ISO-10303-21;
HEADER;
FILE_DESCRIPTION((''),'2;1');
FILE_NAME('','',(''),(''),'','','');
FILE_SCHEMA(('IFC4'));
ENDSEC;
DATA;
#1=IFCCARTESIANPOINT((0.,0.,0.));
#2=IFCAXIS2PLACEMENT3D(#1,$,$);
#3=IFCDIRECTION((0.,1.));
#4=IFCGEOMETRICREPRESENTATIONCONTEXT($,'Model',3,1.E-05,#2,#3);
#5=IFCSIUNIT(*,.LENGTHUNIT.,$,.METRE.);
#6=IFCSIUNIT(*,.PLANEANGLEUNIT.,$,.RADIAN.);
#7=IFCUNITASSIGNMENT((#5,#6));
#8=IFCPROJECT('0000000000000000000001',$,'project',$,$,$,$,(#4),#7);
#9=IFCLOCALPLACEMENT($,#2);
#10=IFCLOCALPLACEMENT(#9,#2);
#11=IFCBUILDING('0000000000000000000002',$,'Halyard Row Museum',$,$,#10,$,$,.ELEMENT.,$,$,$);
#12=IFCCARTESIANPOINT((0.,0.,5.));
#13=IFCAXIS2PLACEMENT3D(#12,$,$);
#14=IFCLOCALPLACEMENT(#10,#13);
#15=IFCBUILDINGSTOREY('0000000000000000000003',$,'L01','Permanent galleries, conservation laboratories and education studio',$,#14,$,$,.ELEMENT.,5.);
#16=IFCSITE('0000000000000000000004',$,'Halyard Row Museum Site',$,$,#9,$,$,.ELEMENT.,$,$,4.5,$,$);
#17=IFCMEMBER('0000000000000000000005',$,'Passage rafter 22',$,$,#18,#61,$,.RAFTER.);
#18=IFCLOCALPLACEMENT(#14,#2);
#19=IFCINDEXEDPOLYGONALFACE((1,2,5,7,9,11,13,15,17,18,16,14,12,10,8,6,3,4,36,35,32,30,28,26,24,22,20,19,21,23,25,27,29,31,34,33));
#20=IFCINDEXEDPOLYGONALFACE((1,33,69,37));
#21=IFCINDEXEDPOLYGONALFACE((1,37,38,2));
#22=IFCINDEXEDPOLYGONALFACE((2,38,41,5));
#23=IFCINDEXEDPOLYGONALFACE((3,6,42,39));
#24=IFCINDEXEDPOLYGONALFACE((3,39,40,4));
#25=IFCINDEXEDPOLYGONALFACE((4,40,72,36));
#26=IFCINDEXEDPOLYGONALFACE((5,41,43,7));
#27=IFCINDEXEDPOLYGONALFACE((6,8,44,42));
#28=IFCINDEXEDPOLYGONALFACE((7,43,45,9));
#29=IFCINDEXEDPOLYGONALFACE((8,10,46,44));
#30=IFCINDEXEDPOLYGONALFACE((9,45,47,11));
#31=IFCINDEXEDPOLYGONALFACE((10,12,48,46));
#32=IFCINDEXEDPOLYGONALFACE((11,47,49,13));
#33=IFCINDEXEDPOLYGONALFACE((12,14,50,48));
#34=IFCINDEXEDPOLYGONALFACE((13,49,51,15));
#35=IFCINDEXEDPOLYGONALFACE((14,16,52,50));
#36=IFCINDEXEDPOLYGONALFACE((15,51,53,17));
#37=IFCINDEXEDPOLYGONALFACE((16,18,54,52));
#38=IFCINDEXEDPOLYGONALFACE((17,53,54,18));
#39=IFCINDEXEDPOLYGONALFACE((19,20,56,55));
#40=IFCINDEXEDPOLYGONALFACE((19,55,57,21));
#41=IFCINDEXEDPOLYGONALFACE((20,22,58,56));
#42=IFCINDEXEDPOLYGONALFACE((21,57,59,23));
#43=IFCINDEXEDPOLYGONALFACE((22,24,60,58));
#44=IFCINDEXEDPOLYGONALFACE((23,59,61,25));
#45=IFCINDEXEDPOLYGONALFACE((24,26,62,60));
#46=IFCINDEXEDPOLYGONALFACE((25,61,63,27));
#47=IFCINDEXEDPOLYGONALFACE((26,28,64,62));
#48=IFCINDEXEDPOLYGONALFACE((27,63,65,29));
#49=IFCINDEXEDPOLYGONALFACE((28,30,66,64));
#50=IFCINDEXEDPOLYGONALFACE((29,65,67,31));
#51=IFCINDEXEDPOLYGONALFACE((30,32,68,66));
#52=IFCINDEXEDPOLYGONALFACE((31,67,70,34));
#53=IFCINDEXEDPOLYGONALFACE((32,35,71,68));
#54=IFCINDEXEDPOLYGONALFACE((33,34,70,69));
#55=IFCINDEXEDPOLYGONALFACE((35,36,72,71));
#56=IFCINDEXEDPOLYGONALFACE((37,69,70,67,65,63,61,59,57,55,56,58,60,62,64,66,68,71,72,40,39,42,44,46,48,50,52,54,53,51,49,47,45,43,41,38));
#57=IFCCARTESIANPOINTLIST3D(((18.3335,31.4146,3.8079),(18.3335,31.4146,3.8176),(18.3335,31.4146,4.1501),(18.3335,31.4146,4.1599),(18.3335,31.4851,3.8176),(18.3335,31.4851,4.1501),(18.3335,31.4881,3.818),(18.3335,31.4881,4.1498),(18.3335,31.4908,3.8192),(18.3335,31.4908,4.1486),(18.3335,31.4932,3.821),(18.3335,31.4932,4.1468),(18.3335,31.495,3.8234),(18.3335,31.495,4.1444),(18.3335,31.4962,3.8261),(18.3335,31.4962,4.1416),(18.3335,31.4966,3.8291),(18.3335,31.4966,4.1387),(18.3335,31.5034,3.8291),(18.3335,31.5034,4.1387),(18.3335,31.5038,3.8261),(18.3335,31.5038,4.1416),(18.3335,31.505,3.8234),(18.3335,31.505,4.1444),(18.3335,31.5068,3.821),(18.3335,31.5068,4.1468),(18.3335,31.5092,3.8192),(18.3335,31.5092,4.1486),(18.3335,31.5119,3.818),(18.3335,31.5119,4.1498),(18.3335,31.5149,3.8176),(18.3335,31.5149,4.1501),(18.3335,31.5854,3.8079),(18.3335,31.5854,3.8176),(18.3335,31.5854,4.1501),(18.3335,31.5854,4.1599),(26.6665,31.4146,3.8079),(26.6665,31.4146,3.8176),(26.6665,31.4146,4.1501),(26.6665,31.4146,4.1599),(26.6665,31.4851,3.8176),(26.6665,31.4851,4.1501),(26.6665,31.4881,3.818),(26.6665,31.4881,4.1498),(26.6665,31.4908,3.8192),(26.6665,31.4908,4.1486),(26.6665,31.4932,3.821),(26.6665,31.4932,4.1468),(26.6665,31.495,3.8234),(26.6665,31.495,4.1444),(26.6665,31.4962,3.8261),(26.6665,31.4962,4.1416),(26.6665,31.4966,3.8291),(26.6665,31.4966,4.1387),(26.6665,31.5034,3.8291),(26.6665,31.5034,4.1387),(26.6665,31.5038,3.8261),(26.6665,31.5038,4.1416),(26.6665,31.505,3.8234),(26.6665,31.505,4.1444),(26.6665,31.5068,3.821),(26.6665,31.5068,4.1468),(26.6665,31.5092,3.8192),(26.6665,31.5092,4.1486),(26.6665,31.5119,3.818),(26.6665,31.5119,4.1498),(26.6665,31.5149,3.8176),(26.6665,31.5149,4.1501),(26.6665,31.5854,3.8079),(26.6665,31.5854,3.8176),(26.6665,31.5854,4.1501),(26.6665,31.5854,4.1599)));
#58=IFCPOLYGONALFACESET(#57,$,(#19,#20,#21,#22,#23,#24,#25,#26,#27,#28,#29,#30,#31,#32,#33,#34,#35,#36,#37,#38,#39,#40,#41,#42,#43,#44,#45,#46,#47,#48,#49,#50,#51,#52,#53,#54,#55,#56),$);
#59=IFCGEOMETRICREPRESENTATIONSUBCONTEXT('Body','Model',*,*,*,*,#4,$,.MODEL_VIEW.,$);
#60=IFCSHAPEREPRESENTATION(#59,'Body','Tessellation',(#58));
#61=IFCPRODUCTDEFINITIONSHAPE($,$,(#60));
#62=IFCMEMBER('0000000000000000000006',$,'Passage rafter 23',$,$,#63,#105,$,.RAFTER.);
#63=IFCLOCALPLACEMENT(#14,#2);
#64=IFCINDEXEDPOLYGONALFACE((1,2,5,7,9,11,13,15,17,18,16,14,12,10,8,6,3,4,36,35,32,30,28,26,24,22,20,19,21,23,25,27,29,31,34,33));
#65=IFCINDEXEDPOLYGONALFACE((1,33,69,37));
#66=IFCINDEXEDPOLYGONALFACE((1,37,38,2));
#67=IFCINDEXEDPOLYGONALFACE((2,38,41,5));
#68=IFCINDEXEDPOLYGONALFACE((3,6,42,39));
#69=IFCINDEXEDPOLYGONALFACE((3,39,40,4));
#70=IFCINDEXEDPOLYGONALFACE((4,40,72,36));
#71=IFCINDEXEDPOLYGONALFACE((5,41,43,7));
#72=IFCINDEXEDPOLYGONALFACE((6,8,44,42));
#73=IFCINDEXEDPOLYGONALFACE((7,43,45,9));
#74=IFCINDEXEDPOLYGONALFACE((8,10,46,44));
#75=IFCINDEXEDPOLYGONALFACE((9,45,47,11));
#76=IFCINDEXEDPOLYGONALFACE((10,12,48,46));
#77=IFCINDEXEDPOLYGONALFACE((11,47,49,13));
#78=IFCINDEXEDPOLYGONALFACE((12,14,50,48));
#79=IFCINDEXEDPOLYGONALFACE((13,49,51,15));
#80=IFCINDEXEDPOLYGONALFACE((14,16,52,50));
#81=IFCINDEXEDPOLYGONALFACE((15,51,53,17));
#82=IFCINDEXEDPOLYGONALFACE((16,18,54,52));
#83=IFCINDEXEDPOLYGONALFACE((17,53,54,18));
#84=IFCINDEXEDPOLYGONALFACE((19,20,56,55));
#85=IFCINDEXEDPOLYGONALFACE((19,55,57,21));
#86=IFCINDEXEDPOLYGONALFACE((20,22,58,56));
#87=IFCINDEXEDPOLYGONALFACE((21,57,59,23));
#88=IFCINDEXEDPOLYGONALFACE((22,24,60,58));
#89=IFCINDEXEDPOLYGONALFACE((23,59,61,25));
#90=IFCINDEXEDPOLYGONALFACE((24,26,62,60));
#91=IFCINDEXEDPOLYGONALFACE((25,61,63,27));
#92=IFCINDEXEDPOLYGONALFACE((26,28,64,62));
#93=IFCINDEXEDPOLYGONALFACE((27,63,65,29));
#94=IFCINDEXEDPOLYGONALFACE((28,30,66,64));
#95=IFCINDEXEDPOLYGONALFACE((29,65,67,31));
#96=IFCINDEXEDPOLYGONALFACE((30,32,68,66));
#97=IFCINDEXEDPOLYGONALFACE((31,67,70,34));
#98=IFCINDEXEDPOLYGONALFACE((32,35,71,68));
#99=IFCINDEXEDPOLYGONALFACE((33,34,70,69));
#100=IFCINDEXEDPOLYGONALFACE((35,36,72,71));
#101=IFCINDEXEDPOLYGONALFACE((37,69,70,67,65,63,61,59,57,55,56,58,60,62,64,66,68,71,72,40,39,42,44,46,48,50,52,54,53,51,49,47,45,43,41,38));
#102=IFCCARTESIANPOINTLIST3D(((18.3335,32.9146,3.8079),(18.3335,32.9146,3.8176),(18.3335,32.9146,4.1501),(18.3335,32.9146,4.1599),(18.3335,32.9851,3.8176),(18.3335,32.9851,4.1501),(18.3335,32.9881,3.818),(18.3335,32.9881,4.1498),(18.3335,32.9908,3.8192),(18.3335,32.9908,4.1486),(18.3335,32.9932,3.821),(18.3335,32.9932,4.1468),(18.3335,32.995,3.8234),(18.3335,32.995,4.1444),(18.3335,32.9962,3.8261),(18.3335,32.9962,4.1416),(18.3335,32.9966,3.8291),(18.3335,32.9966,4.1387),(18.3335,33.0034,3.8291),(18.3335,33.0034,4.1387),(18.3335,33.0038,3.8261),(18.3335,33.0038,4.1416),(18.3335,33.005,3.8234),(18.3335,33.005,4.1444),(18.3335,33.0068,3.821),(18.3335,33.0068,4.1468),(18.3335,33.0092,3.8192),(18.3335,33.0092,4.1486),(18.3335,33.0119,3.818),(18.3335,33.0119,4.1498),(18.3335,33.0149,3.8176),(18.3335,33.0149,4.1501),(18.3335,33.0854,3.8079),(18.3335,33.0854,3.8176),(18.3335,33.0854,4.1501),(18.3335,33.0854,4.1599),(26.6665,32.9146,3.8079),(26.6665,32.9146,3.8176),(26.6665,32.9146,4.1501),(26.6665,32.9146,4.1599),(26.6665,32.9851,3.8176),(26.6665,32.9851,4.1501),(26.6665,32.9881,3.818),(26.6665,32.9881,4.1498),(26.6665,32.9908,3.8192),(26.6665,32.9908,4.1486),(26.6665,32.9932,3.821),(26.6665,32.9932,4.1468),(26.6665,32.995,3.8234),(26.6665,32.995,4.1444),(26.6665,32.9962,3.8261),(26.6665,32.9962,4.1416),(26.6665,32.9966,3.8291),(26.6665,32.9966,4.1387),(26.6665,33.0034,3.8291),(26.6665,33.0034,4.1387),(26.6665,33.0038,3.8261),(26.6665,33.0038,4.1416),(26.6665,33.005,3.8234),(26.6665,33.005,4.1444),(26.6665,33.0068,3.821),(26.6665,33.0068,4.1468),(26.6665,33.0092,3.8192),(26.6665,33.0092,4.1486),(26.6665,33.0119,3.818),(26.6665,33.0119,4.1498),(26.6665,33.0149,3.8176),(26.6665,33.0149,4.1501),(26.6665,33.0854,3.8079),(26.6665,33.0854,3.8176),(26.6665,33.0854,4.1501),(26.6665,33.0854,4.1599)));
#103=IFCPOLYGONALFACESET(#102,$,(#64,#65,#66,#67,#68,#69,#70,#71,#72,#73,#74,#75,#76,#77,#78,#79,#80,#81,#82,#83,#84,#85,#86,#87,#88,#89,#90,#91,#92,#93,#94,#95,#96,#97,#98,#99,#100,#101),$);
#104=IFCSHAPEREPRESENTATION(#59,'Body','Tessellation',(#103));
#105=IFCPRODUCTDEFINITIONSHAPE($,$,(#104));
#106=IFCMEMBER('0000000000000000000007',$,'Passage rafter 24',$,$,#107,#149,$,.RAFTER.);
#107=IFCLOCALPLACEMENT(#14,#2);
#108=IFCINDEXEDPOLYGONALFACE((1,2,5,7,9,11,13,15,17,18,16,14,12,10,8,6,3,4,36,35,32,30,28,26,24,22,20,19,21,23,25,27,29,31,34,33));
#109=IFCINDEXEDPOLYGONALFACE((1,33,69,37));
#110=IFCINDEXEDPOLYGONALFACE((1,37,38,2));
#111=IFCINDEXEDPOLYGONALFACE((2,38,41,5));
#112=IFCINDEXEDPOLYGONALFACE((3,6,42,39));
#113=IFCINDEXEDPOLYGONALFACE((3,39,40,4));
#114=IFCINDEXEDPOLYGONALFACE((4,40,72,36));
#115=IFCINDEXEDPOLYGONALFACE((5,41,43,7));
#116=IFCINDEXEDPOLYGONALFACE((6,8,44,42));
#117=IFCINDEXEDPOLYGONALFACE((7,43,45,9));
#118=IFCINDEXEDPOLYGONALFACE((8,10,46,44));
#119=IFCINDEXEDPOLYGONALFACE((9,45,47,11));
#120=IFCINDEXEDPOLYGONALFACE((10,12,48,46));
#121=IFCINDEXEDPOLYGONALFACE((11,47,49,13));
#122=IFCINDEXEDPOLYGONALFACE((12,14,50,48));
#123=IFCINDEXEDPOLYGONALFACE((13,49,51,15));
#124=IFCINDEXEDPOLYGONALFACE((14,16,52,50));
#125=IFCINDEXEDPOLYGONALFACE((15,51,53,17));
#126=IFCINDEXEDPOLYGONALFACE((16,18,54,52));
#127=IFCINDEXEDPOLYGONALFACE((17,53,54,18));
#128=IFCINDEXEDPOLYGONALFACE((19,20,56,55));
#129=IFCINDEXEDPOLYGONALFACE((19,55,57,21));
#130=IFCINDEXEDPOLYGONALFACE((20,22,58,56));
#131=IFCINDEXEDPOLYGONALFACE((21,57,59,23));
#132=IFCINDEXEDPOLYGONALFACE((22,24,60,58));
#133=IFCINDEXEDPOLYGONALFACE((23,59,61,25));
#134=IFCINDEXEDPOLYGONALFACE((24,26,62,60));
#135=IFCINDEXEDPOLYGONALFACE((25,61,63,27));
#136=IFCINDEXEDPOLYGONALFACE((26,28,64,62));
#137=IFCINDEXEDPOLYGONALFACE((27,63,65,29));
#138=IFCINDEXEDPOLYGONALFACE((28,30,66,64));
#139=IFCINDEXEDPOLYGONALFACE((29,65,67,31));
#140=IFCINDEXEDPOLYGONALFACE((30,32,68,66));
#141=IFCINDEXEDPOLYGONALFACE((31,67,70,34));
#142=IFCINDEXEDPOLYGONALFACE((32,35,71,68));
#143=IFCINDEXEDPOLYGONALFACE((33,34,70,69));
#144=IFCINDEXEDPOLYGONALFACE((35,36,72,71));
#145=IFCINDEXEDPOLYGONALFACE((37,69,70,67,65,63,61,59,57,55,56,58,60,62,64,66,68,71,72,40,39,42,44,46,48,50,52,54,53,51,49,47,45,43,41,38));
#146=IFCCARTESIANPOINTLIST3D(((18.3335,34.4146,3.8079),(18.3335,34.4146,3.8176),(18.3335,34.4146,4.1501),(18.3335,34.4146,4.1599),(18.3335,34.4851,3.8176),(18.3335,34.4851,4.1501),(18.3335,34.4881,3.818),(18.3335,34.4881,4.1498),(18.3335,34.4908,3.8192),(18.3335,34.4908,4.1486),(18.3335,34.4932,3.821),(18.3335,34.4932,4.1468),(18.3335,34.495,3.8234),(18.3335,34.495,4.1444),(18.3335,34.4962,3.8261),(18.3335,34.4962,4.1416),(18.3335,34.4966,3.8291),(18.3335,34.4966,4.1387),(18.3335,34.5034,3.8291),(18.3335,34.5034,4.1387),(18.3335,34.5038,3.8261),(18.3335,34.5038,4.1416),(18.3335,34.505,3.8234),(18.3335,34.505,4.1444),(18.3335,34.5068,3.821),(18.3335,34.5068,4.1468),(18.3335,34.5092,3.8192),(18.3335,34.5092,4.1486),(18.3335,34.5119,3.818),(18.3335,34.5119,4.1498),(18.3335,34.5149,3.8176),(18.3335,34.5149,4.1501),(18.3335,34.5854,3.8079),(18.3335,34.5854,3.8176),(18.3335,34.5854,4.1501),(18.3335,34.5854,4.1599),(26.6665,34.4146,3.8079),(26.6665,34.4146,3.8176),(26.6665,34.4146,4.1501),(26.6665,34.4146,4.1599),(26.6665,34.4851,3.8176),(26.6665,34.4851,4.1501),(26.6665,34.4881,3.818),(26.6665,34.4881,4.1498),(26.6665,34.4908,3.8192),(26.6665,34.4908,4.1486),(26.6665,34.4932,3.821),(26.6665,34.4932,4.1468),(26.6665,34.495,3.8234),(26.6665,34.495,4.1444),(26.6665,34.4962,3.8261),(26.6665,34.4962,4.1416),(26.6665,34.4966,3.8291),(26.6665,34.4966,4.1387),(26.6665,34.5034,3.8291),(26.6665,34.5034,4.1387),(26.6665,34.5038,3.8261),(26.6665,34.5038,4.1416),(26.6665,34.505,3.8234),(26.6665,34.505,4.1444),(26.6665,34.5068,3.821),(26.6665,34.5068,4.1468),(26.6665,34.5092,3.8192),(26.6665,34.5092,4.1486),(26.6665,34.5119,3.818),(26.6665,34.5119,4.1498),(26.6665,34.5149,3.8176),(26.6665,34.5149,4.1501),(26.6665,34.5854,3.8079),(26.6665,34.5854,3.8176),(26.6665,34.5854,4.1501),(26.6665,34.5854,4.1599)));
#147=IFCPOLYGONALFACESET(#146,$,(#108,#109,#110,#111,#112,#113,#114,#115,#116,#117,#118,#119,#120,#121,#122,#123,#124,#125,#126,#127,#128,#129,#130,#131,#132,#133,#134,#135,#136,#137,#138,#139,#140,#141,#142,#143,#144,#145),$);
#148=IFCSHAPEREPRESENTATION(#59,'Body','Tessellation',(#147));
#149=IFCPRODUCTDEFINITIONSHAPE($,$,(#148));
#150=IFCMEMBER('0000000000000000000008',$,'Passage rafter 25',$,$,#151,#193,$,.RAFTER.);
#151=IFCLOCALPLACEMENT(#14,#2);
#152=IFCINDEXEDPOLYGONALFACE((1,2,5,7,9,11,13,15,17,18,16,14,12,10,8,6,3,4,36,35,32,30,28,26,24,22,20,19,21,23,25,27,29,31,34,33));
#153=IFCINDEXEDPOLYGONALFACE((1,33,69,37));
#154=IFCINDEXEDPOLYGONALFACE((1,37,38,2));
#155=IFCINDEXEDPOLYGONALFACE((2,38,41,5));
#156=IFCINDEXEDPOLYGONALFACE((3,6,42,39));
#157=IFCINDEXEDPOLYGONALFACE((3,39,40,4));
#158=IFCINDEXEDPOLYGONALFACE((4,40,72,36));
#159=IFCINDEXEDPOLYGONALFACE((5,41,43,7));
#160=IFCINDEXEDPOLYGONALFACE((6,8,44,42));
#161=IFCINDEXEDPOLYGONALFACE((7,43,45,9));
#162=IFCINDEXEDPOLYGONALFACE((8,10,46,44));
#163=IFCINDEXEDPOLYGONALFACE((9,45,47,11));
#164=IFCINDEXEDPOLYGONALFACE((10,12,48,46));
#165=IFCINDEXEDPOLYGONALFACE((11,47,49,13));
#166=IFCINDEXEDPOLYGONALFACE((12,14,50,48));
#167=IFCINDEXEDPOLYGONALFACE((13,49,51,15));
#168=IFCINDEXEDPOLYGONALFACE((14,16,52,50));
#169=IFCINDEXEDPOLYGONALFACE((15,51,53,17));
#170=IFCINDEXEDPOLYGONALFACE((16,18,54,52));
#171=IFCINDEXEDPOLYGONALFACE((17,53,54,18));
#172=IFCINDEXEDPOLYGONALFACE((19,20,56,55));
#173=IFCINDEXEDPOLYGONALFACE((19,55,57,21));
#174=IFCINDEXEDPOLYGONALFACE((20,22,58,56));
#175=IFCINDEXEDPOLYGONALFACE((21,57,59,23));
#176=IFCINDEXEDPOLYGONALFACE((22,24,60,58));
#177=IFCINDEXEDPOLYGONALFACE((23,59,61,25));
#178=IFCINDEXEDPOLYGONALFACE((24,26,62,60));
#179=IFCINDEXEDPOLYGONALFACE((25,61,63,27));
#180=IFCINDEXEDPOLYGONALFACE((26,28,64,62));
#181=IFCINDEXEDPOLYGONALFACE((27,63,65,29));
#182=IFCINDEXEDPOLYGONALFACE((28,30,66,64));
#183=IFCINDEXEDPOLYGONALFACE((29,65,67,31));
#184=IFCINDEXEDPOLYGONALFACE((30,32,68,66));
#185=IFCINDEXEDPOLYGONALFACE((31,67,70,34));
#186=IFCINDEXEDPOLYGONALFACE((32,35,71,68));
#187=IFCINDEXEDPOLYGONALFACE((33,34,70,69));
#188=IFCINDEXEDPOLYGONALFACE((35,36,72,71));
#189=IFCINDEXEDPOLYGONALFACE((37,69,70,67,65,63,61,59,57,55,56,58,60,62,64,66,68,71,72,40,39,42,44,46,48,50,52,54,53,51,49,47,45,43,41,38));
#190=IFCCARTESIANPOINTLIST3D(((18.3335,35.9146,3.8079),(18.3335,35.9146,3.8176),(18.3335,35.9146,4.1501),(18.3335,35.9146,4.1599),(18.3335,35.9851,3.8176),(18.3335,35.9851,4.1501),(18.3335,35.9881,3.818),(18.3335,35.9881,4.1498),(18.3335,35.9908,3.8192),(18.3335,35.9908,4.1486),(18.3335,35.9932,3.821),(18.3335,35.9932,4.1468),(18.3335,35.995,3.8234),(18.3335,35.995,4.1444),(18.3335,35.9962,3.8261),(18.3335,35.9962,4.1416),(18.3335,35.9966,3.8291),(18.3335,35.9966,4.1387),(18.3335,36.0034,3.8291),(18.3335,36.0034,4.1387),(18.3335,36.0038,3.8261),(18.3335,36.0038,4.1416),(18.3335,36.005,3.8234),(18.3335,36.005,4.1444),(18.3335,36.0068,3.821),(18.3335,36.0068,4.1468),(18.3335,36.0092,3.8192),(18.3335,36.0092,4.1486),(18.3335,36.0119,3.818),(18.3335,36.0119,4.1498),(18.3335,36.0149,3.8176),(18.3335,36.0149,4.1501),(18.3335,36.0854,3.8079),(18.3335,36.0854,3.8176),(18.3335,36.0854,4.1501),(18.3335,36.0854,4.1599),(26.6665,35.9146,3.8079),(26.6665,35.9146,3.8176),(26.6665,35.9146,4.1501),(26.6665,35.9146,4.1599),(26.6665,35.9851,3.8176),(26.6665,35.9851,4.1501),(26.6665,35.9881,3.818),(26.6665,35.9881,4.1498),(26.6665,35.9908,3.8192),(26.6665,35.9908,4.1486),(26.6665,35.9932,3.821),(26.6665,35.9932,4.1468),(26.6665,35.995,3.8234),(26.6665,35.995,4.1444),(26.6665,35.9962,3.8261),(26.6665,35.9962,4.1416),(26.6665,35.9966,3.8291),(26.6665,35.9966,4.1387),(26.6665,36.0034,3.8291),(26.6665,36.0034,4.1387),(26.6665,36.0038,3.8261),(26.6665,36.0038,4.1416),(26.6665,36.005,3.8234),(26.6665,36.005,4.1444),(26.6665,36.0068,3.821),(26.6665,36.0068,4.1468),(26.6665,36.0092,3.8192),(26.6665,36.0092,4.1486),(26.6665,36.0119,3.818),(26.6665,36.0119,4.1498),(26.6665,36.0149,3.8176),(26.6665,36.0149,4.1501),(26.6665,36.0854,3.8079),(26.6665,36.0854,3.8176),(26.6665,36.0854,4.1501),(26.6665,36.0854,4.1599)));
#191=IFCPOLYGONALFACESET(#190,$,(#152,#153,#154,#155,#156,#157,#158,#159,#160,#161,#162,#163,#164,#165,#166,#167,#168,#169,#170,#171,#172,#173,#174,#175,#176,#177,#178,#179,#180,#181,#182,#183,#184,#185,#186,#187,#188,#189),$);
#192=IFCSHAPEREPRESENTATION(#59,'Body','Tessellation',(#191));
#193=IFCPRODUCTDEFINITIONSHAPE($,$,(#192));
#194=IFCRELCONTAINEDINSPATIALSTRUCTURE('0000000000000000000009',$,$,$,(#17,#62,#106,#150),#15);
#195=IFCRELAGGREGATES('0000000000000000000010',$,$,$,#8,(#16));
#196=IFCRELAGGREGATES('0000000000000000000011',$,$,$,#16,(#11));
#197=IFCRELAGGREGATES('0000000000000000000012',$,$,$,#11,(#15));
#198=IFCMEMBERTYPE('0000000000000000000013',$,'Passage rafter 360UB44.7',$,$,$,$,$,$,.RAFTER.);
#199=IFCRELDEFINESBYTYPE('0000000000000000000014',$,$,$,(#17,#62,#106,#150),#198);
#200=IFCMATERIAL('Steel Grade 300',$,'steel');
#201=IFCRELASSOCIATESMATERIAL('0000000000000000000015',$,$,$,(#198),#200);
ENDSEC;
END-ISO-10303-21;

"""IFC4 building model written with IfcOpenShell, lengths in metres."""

from ifc_helpers import new_model, si_unit, direction, frame, origin, origin_2d, place, context, subcontext, project, spatial, i_section, extrude, material, material_profile, profile_set, type_object, element, save


model = new_model("IFC4")

# Units and contexts
model_context = context("Model", 3, precision=1e-05, world=origin(), true_north=direction((0.0, 1.0)))
body_context = subcontext(model_context, "Body", "Model", "MODEL_VIEW")
ifc_project = project(units=[si_unit("LENGTHUNIT", "METRE"), si_unit("PLANEANGLEUNIT", "RADIAN")], contexts=[model_context])

# Site, building, storey
site_placement = place(None, origin())
site = spatial("IfcSite", under=ifc_project, at=site_placement, Name="Halyard Row Museum Site", CompositionType="ELEMENT", RefElevation=4.5)
building_placement = place(site_placement, origin())
building = spatial("IfcBuilding", under=site, at=building_placement, Name="Halyard Row Museum", CompositionType="ELEMENT")
storey_placement = place(building_placement, frame((0.0, 0.0, 5.0)))
storey = spatial("IfcBuildingStorey", under=building, at=storey_placement, Name="L01", Description="Permanent galleries, conservation laboratories and education studio", CompositionType="ELEMENT", Elevation=5.0)

# Members
ifc_material_1 = material(Name="Steel Grade 300", Category="steel")
ifc_material_profile_1 = material_profile(ifc_material_1, i_section(OverallWidth=0.1709, OverallDepth=0.3521, WebThickness=0.0068, FlangeThickness=0.0098, FilletRadius=0.0115, at=origin_2d()), Name="360UB44.7")
ifc_profile_set_1 = profile_set([ifc_material_profile_1], Name="Steel Grade 300")
member_type_1 = type_object("IfcMemberType", Name="Passage rafter 360UB44.7", PredefinedType="RAFTER", material=ifc_profile_set_1)
for number, where, z_axis, x_axis, name in (
    (1, (18.3335, 31.5, 3.9839), (1.0, 0.0, 0.0), (0.0, 1.0, 0.0), "Passage rafter 22"),
    (2, (18.3335, 33.0, 3.9839), (1.0, 0.0, 0.0), (0.0, 1.0, 0.0), "Passage rafter 23"),
    (3, (18.3335, 34.5, 3.9839), (1.0, 0.0, 0.0), (0.0, 1.0, 0.0), "Passage rafter 24"),
    (4, (18.3335, 36.0, 3.9839), (1.0, 0.0, 0.0), (0.0, 1.0, 0.0), "Passage rafter 25"),
):
    element("IfcMember", number, at=place(storey_placement, frame(where, z_axis=z_axis, x_axis=x_axis)), inside=storey, type_object=member_type_1, Name=name, PredefinedType="RAFTER", context=body_context, shape_type="SweptSolid", body=[
        extrude(i_section(OverallWidth=0.1709, OverallDepth=0.3521, WebThickness=0.0068, FlangeThickness=0.0098, FilletRadius=0.0115, at=origin_2d()), origin(), (0.0, 0.0, 1.0), 8.333),
    ])

save(model, "model.ifc")
